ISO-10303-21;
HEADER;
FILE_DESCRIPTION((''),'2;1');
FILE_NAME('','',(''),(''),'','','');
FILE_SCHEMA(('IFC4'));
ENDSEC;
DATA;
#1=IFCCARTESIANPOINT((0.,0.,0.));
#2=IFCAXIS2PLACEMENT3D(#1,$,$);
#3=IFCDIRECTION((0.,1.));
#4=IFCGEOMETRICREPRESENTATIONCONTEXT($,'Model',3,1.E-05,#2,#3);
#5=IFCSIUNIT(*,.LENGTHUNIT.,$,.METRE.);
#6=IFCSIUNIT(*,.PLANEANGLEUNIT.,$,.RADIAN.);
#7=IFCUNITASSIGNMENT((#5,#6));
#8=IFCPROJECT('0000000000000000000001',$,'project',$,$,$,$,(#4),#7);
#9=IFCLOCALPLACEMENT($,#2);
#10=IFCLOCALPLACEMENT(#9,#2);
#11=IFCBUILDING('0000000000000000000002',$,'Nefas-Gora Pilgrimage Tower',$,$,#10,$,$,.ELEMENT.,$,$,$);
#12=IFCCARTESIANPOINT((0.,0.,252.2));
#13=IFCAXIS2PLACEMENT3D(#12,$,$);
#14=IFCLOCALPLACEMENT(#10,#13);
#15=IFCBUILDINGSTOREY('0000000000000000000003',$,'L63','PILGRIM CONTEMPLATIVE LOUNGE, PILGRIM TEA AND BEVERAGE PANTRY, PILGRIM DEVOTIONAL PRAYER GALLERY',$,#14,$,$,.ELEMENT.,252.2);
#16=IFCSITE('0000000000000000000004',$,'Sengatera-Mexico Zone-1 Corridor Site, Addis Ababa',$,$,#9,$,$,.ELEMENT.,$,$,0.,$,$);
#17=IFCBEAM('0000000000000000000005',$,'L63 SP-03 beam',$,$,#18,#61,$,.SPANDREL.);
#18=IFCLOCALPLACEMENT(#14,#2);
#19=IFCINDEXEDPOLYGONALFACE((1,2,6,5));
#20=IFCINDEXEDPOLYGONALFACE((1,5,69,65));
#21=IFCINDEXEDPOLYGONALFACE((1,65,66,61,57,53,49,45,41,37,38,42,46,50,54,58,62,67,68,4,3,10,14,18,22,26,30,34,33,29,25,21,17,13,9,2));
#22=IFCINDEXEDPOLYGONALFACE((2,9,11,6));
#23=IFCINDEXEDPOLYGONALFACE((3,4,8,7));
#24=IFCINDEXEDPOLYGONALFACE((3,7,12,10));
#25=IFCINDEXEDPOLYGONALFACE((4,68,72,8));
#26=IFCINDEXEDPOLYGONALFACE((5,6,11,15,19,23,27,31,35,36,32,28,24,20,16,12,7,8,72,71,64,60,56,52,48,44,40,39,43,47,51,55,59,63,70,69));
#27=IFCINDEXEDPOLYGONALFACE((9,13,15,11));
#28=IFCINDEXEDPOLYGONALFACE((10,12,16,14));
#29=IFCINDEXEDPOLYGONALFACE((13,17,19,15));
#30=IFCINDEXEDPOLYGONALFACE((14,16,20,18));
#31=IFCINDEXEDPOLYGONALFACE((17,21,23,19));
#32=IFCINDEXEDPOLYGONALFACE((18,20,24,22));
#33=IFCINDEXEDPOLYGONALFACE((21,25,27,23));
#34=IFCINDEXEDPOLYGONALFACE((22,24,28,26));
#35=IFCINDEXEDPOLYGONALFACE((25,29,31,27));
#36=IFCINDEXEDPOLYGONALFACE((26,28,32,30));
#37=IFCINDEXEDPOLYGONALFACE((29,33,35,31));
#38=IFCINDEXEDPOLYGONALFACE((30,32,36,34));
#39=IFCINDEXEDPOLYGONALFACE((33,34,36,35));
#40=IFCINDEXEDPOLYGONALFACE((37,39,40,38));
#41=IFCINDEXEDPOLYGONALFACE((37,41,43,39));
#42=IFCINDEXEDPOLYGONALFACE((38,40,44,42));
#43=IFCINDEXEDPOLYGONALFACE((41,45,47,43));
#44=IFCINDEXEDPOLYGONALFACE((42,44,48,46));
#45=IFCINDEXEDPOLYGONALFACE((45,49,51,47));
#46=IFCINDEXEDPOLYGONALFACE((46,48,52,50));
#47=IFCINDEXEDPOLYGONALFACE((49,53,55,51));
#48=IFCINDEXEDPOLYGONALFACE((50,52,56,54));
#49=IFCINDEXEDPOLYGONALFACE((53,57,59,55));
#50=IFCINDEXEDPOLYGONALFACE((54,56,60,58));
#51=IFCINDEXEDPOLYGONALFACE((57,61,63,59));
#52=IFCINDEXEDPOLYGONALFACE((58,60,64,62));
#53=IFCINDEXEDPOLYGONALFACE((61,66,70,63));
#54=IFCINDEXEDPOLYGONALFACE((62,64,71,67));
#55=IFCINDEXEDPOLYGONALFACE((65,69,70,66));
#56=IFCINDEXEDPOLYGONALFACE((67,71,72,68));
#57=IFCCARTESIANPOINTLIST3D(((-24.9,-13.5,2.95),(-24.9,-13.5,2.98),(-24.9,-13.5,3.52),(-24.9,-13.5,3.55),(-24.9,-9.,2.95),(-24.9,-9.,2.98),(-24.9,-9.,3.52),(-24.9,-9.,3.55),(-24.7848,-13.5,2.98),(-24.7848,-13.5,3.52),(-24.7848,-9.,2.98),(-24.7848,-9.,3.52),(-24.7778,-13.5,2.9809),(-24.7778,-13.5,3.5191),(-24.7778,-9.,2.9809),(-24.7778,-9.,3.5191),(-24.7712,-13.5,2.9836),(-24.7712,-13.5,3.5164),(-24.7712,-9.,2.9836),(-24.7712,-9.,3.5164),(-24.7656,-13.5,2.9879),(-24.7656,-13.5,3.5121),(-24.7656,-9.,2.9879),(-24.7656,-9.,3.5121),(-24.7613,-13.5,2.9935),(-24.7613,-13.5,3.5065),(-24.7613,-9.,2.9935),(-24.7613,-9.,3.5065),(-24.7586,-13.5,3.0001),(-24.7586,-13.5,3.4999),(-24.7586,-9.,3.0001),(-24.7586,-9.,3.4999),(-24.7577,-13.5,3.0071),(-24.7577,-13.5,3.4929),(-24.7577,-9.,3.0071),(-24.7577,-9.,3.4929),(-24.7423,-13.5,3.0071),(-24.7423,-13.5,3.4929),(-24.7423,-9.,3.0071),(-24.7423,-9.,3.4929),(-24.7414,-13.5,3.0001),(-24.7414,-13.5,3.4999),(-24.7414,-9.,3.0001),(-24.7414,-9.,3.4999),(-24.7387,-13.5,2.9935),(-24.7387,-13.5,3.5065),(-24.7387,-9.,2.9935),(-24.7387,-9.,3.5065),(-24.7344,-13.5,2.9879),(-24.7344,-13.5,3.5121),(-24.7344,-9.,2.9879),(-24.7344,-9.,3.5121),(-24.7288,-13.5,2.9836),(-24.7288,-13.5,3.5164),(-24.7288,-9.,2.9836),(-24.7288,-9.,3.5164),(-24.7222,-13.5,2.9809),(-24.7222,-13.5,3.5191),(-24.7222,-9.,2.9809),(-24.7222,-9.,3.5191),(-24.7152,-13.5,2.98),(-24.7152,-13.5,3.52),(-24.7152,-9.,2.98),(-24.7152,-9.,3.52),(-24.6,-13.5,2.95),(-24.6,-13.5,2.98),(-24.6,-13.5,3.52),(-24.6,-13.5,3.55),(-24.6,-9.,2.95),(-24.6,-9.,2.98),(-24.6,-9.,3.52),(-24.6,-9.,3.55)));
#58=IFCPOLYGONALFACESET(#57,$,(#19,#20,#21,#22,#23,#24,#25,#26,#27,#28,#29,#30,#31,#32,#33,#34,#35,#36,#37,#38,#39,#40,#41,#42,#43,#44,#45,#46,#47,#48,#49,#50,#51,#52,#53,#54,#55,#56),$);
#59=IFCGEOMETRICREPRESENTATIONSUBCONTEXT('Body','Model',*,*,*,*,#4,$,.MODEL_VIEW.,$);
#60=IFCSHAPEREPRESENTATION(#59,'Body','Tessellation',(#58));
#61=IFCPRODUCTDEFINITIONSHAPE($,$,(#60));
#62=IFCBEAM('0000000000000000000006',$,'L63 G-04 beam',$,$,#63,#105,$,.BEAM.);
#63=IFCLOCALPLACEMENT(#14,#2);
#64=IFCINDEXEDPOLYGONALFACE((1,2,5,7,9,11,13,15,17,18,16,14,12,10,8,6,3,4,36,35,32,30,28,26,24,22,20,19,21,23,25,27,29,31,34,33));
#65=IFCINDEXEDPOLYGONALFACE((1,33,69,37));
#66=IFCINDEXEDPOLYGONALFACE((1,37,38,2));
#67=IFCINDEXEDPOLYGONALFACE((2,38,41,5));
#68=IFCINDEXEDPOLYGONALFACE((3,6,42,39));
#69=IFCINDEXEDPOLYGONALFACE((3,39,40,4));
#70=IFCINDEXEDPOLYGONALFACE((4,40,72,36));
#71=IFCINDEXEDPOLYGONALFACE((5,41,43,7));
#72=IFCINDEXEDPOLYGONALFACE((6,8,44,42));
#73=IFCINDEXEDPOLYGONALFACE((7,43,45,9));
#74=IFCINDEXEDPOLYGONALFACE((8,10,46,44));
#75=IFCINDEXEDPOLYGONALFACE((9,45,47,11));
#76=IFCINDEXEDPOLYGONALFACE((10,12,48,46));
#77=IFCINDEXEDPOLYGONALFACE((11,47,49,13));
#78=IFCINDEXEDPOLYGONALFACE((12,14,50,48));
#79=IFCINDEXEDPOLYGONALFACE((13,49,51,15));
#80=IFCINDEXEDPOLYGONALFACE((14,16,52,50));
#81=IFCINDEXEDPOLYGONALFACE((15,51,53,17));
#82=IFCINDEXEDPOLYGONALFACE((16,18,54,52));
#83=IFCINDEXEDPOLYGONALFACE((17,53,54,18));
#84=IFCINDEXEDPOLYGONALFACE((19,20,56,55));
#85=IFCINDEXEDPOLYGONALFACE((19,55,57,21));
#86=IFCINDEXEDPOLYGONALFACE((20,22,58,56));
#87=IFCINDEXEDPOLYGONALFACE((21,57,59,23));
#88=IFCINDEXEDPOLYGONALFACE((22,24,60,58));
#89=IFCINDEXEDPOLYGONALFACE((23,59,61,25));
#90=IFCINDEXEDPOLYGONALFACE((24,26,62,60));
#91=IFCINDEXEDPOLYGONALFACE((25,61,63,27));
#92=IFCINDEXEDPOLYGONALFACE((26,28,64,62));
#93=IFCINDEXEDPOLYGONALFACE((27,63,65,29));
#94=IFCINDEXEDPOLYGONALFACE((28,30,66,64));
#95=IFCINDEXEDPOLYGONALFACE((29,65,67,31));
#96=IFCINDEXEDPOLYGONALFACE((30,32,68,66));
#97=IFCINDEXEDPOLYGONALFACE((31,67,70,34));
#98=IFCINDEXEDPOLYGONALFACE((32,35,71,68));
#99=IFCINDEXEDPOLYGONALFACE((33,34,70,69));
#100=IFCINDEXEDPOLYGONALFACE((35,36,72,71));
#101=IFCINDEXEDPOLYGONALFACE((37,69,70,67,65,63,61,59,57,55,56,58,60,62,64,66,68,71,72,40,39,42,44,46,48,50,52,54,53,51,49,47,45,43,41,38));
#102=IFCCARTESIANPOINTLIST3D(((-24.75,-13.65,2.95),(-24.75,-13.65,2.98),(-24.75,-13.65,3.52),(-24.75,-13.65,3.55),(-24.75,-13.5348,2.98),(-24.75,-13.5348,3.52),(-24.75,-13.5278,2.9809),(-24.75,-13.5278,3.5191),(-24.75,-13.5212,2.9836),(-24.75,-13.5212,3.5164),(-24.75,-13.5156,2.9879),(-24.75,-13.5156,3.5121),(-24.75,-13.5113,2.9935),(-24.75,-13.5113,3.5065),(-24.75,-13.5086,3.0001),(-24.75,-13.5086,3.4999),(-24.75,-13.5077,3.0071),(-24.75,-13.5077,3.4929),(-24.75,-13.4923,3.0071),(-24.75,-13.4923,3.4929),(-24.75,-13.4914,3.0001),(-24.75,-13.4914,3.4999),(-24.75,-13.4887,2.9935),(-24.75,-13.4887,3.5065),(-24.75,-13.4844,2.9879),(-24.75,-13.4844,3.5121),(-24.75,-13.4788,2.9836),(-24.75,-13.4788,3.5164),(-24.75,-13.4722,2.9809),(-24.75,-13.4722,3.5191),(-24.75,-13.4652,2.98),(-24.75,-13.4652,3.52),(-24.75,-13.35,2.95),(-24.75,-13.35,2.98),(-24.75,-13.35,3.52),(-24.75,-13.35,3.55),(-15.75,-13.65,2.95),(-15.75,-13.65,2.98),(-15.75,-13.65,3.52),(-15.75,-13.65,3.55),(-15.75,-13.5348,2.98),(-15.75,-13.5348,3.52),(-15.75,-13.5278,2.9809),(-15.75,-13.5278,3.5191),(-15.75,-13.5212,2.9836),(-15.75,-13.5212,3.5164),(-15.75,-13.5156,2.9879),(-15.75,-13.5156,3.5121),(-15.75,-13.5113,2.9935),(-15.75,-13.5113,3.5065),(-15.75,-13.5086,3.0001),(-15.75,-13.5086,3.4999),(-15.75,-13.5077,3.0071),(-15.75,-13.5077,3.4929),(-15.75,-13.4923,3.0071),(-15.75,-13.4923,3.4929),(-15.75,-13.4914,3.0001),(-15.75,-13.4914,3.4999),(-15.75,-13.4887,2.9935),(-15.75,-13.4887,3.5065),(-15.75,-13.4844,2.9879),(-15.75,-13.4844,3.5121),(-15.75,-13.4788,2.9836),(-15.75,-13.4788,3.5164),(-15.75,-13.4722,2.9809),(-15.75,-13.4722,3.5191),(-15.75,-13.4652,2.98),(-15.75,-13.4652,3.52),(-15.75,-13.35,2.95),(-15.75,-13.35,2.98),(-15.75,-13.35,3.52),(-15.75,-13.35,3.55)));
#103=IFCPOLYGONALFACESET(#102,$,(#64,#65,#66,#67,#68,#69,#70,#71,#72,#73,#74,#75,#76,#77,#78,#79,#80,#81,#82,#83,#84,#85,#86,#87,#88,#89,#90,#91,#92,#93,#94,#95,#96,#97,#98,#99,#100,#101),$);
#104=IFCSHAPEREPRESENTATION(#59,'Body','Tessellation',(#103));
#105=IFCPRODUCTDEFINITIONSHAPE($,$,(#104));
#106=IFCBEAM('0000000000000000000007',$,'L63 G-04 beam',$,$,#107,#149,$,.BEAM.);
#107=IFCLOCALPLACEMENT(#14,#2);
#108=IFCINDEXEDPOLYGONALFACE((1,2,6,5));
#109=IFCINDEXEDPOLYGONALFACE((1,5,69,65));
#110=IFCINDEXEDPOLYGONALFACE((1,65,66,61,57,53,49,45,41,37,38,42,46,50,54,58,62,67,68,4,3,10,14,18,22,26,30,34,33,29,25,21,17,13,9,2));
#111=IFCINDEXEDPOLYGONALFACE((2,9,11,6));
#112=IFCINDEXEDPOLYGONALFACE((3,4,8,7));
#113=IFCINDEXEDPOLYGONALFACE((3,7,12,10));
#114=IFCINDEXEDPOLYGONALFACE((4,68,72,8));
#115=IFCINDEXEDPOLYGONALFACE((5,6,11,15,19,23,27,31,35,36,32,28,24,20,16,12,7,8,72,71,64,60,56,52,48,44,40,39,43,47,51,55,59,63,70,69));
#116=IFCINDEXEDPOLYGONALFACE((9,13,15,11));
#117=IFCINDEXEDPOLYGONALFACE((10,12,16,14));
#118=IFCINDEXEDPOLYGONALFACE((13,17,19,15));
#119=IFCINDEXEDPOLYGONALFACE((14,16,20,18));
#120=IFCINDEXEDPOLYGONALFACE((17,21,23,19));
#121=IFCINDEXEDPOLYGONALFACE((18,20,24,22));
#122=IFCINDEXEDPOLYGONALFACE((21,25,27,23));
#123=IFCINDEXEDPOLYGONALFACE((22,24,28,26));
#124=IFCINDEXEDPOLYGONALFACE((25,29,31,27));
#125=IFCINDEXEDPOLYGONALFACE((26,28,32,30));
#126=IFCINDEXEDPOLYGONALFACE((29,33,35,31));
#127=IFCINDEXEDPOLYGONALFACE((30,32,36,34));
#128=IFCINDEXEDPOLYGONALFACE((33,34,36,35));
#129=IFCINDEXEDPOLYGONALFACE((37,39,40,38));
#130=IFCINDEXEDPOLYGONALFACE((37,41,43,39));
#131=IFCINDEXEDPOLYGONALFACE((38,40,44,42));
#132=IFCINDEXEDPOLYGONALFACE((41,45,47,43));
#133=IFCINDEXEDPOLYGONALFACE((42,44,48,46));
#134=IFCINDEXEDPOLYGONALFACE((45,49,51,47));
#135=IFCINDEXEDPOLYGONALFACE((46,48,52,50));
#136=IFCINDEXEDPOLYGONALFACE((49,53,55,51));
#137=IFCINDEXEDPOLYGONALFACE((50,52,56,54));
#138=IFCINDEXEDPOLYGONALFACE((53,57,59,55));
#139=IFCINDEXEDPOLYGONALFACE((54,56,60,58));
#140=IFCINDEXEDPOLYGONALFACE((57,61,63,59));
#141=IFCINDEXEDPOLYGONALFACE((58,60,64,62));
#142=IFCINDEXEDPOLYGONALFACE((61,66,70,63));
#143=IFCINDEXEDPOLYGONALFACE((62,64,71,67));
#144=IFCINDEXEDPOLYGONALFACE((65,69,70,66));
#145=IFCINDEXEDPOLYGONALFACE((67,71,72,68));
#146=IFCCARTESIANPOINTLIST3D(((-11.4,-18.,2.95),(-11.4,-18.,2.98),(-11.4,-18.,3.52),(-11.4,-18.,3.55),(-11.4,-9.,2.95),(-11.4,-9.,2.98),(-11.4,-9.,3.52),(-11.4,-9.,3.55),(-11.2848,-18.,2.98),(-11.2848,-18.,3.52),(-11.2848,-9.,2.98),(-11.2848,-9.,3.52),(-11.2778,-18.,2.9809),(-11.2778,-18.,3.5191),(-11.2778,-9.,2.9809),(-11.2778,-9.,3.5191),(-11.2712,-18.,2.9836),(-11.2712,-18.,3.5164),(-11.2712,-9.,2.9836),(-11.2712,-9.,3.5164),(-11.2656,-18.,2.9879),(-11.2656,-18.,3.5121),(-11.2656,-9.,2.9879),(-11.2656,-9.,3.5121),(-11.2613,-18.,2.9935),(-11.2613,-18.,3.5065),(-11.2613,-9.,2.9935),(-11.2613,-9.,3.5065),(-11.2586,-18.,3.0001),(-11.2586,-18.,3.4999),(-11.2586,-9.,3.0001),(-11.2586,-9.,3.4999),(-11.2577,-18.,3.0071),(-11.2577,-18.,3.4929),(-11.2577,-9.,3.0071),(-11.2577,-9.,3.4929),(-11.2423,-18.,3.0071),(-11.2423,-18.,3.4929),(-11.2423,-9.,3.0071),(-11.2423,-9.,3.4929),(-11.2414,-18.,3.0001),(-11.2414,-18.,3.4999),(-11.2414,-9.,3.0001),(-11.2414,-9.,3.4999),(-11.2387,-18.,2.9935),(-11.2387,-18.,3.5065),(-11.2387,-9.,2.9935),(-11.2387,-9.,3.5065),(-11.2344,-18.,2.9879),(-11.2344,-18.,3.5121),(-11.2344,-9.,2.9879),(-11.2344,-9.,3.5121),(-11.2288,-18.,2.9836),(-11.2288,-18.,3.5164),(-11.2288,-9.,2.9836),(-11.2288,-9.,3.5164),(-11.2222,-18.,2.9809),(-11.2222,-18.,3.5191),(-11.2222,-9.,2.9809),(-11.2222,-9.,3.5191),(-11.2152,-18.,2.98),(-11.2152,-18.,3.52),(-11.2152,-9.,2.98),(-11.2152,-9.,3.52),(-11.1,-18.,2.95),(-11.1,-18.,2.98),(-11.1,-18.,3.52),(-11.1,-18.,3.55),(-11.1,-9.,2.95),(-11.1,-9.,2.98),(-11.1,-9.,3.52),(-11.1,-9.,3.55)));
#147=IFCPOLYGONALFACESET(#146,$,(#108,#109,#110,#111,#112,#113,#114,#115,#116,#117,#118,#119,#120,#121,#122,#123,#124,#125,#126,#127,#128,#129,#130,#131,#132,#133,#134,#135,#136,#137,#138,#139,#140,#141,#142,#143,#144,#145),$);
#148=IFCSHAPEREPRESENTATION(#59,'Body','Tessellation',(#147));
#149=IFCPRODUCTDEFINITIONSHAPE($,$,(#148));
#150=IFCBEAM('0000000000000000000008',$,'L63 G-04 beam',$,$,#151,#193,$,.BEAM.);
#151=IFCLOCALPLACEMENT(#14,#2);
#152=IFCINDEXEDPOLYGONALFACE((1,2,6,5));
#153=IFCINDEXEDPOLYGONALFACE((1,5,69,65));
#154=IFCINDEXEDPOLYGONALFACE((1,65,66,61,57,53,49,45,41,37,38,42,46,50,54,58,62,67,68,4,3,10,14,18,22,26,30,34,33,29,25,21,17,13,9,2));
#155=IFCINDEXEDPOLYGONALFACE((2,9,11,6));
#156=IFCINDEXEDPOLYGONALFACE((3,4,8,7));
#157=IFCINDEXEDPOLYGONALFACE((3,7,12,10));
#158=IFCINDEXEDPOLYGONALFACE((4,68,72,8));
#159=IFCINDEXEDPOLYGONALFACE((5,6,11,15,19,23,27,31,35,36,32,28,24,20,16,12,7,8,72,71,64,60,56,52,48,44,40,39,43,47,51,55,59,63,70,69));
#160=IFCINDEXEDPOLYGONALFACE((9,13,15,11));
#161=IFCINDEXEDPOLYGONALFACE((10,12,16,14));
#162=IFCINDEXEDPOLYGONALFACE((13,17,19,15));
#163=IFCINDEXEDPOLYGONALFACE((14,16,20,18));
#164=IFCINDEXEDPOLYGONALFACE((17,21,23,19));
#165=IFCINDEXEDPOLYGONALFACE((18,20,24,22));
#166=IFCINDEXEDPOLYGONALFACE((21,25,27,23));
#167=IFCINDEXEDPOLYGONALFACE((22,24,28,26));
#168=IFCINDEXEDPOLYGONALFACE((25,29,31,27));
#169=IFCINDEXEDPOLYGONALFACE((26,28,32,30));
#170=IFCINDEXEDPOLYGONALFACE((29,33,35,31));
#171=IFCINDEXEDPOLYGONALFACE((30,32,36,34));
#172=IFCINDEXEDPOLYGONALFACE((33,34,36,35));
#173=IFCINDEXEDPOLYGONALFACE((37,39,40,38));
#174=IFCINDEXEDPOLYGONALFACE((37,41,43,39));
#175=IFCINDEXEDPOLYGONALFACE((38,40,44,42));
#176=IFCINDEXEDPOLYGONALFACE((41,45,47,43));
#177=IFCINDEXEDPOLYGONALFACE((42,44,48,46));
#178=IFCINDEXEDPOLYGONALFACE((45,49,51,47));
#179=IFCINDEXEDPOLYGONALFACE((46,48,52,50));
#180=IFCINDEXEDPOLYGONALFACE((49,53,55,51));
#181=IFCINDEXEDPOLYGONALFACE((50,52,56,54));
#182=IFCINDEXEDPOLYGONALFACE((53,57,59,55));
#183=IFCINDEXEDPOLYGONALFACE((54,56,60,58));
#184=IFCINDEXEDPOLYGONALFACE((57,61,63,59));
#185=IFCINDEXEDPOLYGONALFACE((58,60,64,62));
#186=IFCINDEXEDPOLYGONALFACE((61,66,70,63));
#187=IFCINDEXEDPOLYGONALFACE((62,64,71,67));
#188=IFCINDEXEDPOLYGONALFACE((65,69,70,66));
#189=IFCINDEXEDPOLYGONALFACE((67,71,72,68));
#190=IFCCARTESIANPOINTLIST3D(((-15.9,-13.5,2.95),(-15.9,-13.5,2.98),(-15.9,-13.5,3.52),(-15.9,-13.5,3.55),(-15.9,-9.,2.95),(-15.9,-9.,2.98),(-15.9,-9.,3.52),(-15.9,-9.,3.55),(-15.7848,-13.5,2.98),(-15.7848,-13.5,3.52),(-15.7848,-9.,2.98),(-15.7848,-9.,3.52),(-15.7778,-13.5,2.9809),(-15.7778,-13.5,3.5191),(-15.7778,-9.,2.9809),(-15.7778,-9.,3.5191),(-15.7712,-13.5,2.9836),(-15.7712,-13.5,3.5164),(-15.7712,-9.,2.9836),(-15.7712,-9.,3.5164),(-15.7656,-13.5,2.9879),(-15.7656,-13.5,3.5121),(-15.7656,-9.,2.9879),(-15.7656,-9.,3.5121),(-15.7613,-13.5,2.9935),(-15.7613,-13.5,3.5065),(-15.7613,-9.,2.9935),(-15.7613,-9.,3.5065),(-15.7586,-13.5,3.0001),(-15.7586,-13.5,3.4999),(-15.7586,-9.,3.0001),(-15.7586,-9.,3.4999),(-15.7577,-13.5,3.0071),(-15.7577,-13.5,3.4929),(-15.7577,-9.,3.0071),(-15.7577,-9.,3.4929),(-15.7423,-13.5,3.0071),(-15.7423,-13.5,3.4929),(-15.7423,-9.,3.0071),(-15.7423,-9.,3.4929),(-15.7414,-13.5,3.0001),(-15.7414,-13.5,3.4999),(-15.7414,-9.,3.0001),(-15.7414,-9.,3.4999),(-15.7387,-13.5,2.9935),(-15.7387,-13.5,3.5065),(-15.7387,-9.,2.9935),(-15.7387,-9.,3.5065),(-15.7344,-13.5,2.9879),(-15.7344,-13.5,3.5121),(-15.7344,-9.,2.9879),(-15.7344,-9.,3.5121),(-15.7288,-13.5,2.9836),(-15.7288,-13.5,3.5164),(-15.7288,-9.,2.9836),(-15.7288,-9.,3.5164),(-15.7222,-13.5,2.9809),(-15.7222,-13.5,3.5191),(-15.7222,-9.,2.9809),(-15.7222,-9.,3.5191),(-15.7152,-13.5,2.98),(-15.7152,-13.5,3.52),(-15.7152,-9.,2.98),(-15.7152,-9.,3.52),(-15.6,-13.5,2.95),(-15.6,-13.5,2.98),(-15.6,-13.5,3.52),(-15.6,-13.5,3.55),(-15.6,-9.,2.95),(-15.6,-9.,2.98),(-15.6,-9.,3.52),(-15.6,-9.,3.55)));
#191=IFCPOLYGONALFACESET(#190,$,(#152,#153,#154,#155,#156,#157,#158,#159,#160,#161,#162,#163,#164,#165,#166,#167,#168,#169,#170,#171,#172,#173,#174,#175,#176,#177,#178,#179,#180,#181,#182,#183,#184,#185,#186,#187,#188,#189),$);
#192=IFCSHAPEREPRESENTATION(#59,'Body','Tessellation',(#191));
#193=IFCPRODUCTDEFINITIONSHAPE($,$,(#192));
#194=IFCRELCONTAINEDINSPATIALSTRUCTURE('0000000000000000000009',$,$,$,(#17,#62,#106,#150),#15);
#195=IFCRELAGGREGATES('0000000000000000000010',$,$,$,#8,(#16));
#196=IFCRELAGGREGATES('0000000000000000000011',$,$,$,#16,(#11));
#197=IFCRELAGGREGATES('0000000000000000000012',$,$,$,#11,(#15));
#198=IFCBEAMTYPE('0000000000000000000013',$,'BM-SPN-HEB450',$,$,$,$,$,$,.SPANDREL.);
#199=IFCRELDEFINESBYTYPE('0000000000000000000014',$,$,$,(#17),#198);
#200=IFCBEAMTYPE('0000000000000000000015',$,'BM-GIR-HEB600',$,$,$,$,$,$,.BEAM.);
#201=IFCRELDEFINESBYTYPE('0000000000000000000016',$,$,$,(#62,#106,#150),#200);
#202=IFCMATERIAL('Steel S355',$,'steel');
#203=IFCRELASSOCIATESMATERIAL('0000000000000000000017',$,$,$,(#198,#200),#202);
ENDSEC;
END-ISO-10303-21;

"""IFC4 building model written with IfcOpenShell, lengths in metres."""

from ifc_helpers import new_model, si_unit, direction, frame, origin, origin_2d, place, context, subcontext, project, spatial, i_section, extrude, source, transform, mapped, material, material_profile, profile_set, type_object, element, save


model = new_model("IFC4")

# Units and contexts
model_context = context("Model", 3, precision=1e-05, world=origin(), true_north=direction((0.0, 1.0)))
body_context = subcontext(model_context, "Body", "Model", "MODEL_VIEW")
ifc_project = project(units=[si_unit("LENGTHUNIT", "METRE"), si_unit("PLANEANGLEUNIT", "RADIAN")], contexts=[model_context])

# Site, building, storey
site_placement = place(None, origin())
site = spatial("IfcSite", under=ifc_project, at=site_placement, Name="Sengatera-Mexico Zone-1 Corridor Site, Addis Ababa", CompositionType="ELEMENT", RefElevation=0.0)
building_placement = place(site_placement, origin())
building = spatial("IfcBuilding", under=site, at=building_placement, Name="Nefas-Gora Pilgrimage Tower", CompositionType="ELEMENT")
storey_placement = place(building_placement, frame((0.0, 0.0, 252.2)))
storey = spatial("IfcBuildingStorey", under=building, at=storey_placement, Name="L63", Description="PILGRIM CONTEMPLATIVE LOUNGE, PILGRIM TEA AND BEVERAGE PANTRY, PILGRIM DEVOTIONAL PRAYER GALLERY", CompositionType="ELEMENT", Elevation=252.2)

# Beams
ifc_material_1 = material(Name="Steel S355", Category="steel")
ifc_material_profile_1 = material_profile(ifc_material_1, i_section(OverallWidth=0.3, OverallDepth=0.6001, WebThickness=0.0154, FlangeThickness=0.03, FilletRadius=0.0271, at=origin_2d()), Name="HEB 600")
ifc_profile_set_1 = profile_set([ifc_material_profile_1], Name="Steel S355")
beam_type_1 = type_object("IfcBeamType", Name="BM-SPN-HEB450", PredefinedType="SPANDREL", material=ifc_profile_set_1)
shared_shape_1 = source(origin(), body_context, "Body", "SweptSolid", [
    extrude(i_section(OverallWidth=0.3, OverallDepth=0.6001, WebThickness=0.0154, FlangeThickness=0.03, FilletRadius=0.0271, at=origin_2d()), origin(), (0.0, 0.0, 1.0), 4.5),
])
beam_placement = place(storey_placement, frame((-24.75, -13.5, 3.25), z_axis=(0.0, 1.0, 0.0), x_axis=(-1.0, 0.0, 0.0)))
element("IfcBeam", 1, at=beam_placement, inside=storey, type_object=beam_type_1, Name="L63 SP-03 beam", PredefinedType="SPANDREL", context=body_context, shape_type="MappedRepresentation", body=[
    mapped(shared_shape_1, transform((0.0, 0.0, 0.0), x_axis=(1.0, 0.0, 0.0), y_axis=(0.0, 1.0, 0.0), z_axis=(0.0, 0.0, 1.0), scale=1.0)),
])
ifc_material_profile_2 = material_profile(ifc_material_1, i_section(OverallWidth=0.3, OverallDepth=0.6001, WebThickness=0.0154, FlangeThickness=0.03, FilletRadius=0.0271, at=origin_2d()), Name="HEB 600")
ifc_profile_set_2 = profile_set([ifc_material_profile_2], Name="Steel S355")
beam_type_2 = type_object("IfcBeamType", Name="BM-GIR-HEB600", PredefinedType="BEAM", material=ifc_profile_set_2)
shared_shape_2 = source(origin(), body_context, "Body", "SweptSolid", [
    extrude(i_section(OverallWidth=0.3, OverallDepth=0.6001, WebThickness=0.0154, FlangeThickness=0.03, FilletRadius=0.0271, at=origin_2d()), origin(), (0.0, 0.0, 1.0), 9.0),
])
for number, where, z_axis, x_axis, name in (
    (2, (-24.75, -13.5, 3.25), (1.0, 0.0, 0.0), (0.0, 1.0, 0.0), "L63 G-04 beam"),
    (3, (-11.25, -18.0, 3.25), (0.0, 1.0, 0.0), (-1.0, 0.0, 0.0), "L63 G-04 beam"),
):
    element("IfcBeam", number, at=place(storey_placement, frame(where, z_axis=z_axis, x_axis=x_axis)), inside=storey, type_object=beam_type_2, Name=name, PredefinedType="BEAM", context=body_context, shape_type="MappedRepresentation", body=[
        mapped(shared_shape_2, transform((0.0, 0.0, 0.0), x_axis=(1.0, 0.0, 0.0), y_axis=(0.0, 1.0, 0.0), z_axis=(0.0, 0.0, 1.0), scale=1.0)),
    ])
shared_shape_3 = source(origin(), body_context, "Body", "SweptSolid", [
    extrude(i_section(OverallWidth=0.3, OverallDepth=0.6001, WebThickness=0.0154, FlangeThickness=0.03, FilletRadius=0.0271, at=origin_2d()), origin(), (0.0, 0.0, 1.0), 4.5),
])
for number, where, z_axis, x_axis, name in (
    (4, (-15.75, -13.5, 3.25), (0.0, 1.0, 0.0), (-1.0, 0.0, 0.0), "L63 G-04 beam"),
):
    element("IfcBeam", number, at=place(storey_placement, frame(where, z_axis=z_axis, x_axis=x_axis)), inside=storey, type_object=beam_type_2, Name=name, PredefinedType="BEAM", context=body_context, shape_type="MappedRepresentation", body=[
        mapped(shared_shape_3, transform((0.0, 0.0, 0.0), x_axis=(1.0, 0.0, 0.0), y_axis=(0.0, 1.0, 0.0), z_axis=(0.0, 0.0, 1.0), scale=1.0)),
    ])

save(model, "model.ifc")
